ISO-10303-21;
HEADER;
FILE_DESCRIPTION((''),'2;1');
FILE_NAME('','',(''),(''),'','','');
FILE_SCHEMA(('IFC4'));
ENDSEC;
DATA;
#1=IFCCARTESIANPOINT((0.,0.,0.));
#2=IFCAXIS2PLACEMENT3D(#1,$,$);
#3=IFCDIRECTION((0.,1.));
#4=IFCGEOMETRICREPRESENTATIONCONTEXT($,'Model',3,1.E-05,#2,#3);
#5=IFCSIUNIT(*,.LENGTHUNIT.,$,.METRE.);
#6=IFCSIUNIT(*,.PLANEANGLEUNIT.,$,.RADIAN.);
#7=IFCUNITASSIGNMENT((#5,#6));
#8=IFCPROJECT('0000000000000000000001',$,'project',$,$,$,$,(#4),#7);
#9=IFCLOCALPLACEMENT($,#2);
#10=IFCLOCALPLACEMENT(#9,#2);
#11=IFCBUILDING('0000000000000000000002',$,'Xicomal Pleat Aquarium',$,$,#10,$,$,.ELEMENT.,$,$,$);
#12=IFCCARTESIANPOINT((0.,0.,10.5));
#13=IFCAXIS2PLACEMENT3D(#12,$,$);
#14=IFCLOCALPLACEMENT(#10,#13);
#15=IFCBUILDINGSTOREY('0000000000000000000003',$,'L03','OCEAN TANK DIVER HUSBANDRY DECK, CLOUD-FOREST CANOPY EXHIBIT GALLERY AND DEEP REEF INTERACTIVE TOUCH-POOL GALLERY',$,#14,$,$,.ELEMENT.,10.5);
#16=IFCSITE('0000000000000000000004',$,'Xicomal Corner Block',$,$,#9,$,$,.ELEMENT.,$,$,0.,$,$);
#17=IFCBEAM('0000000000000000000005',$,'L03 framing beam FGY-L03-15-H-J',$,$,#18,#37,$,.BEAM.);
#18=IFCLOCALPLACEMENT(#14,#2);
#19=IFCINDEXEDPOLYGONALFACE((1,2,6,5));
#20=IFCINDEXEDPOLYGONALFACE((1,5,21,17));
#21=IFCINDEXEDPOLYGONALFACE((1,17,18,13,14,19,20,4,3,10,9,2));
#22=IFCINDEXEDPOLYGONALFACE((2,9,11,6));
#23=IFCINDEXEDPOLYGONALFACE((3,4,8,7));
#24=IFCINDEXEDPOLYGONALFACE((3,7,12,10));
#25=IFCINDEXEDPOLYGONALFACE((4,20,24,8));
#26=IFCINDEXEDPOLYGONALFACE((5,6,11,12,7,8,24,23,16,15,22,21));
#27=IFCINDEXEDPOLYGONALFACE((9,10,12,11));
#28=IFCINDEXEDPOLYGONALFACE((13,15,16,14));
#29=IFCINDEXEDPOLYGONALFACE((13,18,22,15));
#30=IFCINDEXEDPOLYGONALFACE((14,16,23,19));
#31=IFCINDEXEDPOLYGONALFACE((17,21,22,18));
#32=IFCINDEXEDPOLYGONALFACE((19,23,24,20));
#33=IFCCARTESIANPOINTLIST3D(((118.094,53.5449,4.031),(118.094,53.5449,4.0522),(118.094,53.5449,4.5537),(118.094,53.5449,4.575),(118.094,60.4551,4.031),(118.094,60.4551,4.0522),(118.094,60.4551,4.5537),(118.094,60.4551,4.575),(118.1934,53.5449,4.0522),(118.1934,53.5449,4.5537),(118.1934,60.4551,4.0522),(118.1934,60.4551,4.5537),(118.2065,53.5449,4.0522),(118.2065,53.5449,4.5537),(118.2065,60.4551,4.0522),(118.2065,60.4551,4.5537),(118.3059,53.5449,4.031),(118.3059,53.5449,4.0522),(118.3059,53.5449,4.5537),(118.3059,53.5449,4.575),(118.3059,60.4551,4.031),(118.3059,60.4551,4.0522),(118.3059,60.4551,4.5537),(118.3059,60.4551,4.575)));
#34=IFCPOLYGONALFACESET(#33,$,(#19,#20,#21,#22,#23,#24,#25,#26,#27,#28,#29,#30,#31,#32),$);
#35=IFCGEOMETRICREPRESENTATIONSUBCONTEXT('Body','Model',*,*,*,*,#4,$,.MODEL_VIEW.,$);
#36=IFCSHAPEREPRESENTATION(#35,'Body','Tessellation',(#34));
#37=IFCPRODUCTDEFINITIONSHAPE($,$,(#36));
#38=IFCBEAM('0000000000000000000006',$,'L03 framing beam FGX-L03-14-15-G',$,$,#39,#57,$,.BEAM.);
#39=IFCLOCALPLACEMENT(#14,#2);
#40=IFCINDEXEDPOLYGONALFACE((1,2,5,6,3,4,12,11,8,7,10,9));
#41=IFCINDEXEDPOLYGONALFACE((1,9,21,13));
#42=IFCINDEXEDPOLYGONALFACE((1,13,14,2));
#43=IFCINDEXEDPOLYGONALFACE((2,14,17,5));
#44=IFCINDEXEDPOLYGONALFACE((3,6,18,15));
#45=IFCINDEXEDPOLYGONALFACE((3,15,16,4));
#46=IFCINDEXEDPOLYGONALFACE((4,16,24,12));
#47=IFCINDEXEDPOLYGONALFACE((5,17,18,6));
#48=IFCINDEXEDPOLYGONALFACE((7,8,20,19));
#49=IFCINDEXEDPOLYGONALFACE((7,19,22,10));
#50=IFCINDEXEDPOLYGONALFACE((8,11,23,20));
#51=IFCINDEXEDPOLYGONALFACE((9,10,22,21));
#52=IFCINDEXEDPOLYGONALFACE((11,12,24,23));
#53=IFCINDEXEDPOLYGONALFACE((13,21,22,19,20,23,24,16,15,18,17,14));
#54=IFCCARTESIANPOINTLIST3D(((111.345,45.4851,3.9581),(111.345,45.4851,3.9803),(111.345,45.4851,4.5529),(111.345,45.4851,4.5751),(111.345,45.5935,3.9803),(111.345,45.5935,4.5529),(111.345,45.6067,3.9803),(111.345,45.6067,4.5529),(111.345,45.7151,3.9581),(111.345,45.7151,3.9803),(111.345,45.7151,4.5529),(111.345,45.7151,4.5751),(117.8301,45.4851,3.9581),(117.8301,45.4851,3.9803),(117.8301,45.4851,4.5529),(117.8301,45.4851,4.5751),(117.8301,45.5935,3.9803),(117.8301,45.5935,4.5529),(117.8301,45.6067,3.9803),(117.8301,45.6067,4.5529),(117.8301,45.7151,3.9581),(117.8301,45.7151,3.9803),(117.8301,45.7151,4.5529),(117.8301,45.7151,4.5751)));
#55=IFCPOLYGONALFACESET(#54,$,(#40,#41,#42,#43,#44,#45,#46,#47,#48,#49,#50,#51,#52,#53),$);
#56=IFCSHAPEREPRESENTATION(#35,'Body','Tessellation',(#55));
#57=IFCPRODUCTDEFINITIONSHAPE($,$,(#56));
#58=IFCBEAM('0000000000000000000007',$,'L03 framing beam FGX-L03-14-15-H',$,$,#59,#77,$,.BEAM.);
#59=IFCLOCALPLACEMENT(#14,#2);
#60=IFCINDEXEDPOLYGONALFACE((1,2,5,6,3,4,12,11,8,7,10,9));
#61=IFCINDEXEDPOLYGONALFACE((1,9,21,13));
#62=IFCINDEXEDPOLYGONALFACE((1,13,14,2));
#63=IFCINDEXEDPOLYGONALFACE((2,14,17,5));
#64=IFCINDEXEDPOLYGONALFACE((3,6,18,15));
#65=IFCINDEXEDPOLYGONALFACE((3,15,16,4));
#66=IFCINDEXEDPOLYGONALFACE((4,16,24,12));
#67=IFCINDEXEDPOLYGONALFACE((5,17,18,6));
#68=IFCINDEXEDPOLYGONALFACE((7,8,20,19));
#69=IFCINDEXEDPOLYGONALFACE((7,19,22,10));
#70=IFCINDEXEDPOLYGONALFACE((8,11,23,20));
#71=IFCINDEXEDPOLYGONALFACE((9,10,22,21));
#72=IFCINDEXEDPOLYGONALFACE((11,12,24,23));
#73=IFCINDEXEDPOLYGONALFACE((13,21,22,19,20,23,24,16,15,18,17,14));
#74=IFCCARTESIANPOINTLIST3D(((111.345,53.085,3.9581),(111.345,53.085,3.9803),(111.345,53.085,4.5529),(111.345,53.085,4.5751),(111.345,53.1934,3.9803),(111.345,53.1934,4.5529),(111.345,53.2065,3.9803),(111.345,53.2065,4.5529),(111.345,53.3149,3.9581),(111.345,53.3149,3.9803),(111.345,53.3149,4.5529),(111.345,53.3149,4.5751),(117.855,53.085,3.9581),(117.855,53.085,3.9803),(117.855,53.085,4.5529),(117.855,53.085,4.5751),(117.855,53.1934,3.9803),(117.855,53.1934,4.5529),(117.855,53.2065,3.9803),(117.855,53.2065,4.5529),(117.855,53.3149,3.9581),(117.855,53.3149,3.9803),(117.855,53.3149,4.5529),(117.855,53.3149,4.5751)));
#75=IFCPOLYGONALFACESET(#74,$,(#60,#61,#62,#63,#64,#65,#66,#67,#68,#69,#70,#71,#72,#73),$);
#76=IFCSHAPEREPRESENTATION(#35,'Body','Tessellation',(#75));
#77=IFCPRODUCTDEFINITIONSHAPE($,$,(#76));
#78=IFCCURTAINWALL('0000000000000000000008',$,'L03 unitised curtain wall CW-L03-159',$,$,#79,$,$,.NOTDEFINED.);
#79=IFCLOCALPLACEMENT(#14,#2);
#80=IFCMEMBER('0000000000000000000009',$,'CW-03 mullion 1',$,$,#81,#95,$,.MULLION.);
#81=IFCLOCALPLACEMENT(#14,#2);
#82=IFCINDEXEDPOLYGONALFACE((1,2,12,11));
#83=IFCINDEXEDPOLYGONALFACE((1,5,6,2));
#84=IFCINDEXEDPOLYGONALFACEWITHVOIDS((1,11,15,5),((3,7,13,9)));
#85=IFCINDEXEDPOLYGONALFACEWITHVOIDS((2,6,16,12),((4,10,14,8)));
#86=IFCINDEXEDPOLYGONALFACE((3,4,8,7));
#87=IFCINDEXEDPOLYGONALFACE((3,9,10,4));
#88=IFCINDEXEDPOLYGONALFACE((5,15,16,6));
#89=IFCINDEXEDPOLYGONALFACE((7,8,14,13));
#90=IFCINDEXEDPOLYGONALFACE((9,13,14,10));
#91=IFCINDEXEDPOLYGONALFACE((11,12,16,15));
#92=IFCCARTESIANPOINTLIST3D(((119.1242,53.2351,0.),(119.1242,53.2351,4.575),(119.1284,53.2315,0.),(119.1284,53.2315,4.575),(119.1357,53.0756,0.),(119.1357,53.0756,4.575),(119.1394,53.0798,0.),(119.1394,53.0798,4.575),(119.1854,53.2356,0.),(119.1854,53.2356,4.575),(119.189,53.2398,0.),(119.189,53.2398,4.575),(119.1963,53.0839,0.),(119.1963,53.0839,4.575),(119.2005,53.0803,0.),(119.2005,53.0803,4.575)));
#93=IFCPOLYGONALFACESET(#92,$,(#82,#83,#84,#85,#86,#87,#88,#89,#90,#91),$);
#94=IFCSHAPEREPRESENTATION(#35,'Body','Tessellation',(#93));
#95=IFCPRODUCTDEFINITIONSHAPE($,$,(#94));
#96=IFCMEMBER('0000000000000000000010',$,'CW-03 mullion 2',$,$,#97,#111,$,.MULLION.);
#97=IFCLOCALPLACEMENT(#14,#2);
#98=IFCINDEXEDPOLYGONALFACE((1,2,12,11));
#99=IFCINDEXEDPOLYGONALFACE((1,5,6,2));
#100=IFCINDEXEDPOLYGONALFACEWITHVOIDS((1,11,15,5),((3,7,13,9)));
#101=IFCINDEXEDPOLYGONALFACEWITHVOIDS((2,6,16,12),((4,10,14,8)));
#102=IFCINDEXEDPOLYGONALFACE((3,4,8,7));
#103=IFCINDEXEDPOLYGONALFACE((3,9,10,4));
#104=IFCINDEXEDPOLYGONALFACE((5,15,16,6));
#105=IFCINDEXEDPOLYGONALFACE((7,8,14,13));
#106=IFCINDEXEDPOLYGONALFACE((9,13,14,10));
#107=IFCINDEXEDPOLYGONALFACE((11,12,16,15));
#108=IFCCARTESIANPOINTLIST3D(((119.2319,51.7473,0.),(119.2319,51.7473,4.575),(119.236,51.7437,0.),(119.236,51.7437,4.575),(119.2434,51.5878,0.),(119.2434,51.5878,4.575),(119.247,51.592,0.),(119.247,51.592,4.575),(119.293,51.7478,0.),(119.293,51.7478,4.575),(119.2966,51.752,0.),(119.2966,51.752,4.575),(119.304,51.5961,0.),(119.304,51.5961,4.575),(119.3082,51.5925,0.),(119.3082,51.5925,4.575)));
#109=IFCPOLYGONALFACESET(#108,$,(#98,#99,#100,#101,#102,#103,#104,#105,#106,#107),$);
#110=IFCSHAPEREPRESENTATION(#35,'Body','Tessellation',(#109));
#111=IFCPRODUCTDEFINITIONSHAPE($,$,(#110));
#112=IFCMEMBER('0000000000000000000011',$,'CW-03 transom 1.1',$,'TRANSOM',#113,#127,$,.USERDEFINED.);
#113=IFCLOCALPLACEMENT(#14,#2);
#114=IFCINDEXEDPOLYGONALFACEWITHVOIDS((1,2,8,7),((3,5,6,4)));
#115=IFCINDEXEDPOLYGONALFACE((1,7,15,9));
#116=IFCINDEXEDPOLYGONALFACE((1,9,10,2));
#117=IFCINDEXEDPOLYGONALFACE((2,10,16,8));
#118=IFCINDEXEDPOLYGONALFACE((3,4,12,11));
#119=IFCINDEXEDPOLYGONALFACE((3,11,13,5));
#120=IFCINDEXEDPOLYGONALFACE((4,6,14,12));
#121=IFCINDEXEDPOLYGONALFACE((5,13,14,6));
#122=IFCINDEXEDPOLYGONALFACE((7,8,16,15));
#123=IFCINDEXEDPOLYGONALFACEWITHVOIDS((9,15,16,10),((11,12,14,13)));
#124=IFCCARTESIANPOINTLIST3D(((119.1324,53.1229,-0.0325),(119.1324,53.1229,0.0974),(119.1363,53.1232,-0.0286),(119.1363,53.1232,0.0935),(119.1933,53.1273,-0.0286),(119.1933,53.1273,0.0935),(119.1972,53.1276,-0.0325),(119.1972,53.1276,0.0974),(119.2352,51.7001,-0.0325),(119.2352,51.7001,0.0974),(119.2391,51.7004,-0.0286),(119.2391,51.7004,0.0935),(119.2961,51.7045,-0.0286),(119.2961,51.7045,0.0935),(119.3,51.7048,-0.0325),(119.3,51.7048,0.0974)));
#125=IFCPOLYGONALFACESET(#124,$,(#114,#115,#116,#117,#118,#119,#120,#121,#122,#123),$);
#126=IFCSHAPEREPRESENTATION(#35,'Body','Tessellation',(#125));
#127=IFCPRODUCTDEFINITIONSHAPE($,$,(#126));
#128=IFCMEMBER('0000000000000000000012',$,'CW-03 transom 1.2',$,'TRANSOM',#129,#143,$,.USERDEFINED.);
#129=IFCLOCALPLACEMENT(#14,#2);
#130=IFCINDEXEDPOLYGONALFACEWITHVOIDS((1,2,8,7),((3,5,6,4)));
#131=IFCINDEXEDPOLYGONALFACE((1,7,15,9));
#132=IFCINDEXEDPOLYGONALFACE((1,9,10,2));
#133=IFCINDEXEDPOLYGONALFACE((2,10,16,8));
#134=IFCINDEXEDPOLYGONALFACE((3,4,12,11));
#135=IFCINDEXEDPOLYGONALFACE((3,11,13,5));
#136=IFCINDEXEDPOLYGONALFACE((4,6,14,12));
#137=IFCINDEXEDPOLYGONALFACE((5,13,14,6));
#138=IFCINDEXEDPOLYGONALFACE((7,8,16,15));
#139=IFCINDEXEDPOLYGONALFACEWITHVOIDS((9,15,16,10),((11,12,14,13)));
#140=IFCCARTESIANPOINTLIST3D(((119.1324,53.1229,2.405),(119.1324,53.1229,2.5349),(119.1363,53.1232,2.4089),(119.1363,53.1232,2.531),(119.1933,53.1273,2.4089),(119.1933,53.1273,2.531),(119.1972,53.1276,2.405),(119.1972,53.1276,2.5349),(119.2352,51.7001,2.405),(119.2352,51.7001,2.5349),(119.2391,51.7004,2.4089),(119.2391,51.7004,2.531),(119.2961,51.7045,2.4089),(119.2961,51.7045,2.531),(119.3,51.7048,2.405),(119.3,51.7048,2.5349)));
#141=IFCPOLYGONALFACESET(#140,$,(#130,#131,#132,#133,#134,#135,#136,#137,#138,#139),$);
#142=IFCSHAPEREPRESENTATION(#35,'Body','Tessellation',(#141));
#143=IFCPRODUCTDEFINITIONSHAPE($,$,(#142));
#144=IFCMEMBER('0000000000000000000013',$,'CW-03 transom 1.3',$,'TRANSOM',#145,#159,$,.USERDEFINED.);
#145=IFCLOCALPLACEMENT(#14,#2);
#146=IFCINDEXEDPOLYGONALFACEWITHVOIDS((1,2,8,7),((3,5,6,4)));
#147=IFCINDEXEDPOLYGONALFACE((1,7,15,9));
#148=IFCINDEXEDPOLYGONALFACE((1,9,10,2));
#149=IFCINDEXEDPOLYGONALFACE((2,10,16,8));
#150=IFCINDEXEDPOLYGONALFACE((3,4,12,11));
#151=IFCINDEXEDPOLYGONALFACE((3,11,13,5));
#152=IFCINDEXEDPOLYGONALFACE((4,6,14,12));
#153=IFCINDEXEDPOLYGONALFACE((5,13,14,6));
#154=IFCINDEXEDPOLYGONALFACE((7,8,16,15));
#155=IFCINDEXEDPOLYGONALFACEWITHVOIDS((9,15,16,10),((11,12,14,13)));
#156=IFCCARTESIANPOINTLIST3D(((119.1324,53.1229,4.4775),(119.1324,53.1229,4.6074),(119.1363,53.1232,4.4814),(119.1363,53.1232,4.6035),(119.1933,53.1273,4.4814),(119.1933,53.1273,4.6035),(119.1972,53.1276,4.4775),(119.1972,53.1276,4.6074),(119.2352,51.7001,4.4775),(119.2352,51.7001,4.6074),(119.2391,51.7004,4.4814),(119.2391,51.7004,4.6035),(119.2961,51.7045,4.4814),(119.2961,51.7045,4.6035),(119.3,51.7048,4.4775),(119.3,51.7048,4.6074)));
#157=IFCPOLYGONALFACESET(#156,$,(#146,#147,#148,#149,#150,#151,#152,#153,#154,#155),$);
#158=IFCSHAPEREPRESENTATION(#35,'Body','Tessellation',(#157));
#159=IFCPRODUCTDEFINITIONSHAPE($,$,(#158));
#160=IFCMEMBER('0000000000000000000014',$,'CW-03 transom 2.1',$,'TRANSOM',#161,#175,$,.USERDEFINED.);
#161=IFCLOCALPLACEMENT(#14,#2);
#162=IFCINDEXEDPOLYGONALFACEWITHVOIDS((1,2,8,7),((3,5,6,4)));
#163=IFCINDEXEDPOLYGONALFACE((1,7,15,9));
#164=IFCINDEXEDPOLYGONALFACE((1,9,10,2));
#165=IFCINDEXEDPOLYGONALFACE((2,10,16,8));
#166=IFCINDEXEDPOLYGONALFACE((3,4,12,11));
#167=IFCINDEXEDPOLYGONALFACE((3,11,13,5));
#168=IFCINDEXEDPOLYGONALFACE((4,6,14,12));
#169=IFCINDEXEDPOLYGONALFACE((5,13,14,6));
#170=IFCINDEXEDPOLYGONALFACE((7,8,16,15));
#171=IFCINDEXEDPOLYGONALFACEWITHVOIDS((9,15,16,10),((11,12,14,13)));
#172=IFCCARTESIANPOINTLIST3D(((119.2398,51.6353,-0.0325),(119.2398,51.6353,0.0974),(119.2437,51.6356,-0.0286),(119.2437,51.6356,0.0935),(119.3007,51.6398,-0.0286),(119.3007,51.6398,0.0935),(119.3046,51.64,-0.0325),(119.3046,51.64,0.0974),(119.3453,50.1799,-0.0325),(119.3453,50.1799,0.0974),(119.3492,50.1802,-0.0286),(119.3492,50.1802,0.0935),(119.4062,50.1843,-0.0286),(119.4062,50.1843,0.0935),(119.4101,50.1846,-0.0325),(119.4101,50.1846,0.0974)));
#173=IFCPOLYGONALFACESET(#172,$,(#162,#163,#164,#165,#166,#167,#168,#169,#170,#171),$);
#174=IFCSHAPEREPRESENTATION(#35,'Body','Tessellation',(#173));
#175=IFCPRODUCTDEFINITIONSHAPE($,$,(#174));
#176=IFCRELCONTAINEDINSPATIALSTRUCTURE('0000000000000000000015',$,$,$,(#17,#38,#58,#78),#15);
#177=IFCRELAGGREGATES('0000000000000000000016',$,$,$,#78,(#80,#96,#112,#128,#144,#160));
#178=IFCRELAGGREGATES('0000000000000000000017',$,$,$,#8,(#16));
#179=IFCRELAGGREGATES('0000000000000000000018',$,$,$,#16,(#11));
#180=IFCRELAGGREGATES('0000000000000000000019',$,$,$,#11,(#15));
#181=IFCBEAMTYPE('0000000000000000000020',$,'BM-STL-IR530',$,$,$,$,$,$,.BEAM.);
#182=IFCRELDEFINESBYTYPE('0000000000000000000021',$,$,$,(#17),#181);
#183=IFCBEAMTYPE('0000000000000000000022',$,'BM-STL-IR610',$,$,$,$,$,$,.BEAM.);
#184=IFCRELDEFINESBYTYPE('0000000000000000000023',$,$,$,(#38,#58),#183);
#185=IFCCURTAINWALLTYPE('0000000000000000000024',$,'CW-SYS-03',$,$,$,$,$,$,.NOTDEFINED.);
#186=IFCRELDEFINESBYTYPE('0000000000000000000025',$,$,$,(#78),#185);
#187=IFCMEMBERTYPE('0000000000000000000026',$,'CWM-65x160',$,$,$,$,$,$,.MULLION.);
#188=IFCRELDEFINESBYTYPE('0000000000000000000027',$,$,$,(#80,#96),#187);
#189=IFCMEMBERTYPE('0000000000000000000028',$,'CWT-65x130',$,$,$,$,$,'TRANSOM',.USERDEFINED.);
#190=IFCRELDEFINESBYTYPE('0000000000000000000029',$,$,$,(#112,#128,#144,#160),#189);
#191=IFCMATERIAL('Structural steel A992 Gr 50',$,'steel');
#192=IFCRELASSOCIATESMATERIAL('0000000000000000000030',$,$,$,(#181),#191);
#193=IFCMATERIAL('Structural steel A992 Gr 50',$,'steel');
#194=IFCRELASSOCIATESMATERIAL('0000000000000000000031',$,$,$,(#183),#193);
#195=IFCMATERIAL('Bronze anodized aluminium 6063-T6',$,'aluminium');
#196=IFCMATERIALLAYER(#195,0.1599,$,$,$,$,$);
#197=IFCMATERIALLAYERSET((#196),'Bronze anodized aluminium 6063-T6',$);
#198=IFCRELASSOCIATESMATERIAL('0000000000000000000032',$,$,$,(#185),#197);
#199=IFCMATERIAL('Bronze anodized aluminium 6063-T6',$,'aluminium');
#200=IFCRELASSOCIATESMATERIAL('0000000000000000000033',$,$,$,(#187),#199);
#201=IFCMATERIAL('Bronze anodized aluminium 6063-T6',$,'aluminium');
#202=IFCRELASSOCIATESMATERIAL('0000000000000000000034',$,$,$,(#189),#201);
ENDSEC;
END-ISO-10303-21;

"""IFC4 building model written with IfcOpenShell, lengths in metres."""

from ifc_helpers import new_model, si_unit, direction, frame, origin, origin_2d, place, context, subcontext, project, spatial, hollow_rectangle, i_section, extrude, material, layer, layer_set, material_profile, profile_set, type_object, element, aggregate, save


model = new_model("IFC4")

# Units and contexts
model_context = context("Model", 3, precision=1e-05, world=origin(), true_north=direction((0.0, 1.0)))
body_context = subcontext(model_context, "Body", "Model", "MODEL_VIEW")
ifc_project = project(units=[si_unit("LENGTHUNIT", "METRE"), si_unit("PLANEANGLEUNIT", "RADIAN")], contexts=[model_context])

# Site, building, storey
site_placement = place(None, origin())
site = spatial("IfcSite", under=ifc_project, at=site_placement, Name="Xicomal Corner Block", CompositionType="ELEMENT", RefElevation=0.0)
building_placement = place(site_placement, origin())
building = spatial("IfcBuilding", under=site, at=building_placement, Name="Xicomal Pleat Aquarium", CompositionType="ELEMENT")
storey_placement = place(building_placement, frame((0.0, 0.0, 10.5)))
storey = spatial("IfcBuildingStorey", under=building, at=storey_placement, Name="L03", Description="OCEAN TANK DIVER HUSBANDRY DECK, CLOUD-FOREST CANOPY EXHIBIT GALLERY AND DEEP REEF INTERACTIVE TOUCH-POOL GALLERY", CompositionType="ELEMENT", Elevation=10.5)

# Beams
ifc_material_1 = material(Name="Structural steel A992 Gr 50", Category="steel")
ifc_material_profile_1 = material_profile(ifc_material_1, i_section(OverallWidth=0.2119, OverallDepth=0.5439, WebThickness=0.0132, FlangeThickness=0.0212, at=origin_2d()), Name="IR 530x123")
ifc_profile_set_1 = profile_set([ifc_material_profile_1], Name="Structural steel A992 Gr 50")
beam_type_1 = type_object("IfcBeamType", Name="BM-STL-IR530", PredefinedType="BEAM", material=ifc_profile_set_1)
beam_1_placement = place(storey_placement, frame((118.2, 53.5449, 4.303), z_axis=(0.0, 1.0, 0.0), x_axis=(-1.0, 0.0, 0.0)))
element("IfcBeam", 1, at=beam_1_placement, inside=storey, type_object=beam_type_1, Name="L03 framing beam FGY-L03-15-H-J", PredefinedType="BEAM", context=body_context, shape_type="SweptSolid", body=[
    extrude(i_section(OverallWidth=0.2119, OverallDepth=0.5439, WebThickness=0.0132, FlangeThickness=0.0212, at=origin_2d()), origin(), (0.0, 0.0, 1.0), 6.9102),
])
ifc_material_2 = material(Name="Structural steel A992 Gr 50", Category="steel")
ifc_material_profile_2 = material_profile(ifc_material_2, i_section(OverallWidth=0.23, OverallDepth=0.6169, WebThickness=0.0132, FlangeThickness=0.0222, at=origin_2d()), Name="IR 610x140")
ifc_profile_set_2 = profile_set([ifc_material_profile_2], Name="Structural steel A992 Gr 50")
beam_type_2 = type_object("IfcBeamType", Name="BM-STL-IR610", PredefinedType="BEAM", material=ifc_profile_set_2)
beam_2_placement = place(storey_placement, frame((111.345, 45.6001, 4.2666), z_axis=(1.0, 0.0, 0.0), x_axis=(0.0, 1.0, 0.0)))
element("IfcBeam", 2, at=beam_2_placement, inside=storey, type_object=beam_type_2, Name="L03 framing beam FGX-L03-14-15-G", PredefinedType="BEAM", context=body_context, shape_type="SweptSolid", body=[
    extrude(i_section(OverallWidth=0.23, OverallDepth=0.6169, WebThickness=0.0132, FlangeThickness=0.0222, at=origin_2d()), origin(), (0.0, 0.0, 1.0), 6.4851),
])
beam_3_placement = place(storey_placement, frame((111.345, 53.2, 4.2666), z_axis=(1.0, 0.0, 0.0), x_axis=(0.0, 1.0, 0.0)))
element("IfcBeam", 3, at=beam_3_placement, inside=storey, type_object=beam_type_2, Name="L03 framing beam FGX-L03-14-15-H", PredefinedType="BEAM", context=body_context, shape_type="SweptSolid", body=[
    extrude(i_section(OverallWidth=0.23, OverallDepth=0.6169, WebThickness=0.0132, FlangeThickness=0.0222, at=origin_2d()), origin(), (0.0, 0.0, 1.0), 6.51),
])

# Curtain wall, members
ifc_material_3 = material(Name="Bronze anodized aluminium 6063-T6", Category="aluminium")
ifc_layer_1 = layer(ifc_material_3, 0.1599)
ifc_layer_set_1 = layer_set([ifc_layer_1], Name="Bronze anodized aluminium 6063-T6")
curtain_wall_type = type_object("IfcCurtainWallType", Name="CW-SYS-03", PredefinedType="NOTDEFINED", material=ifc_layer_set_1)
curtain_wall_placement = place(storey_placement, origin())
curtain_wall = element("IfcCurtainWall", 4, at=curtain_wall_placement, inside=storey, type_object=curtain_wall_type, Name="L03 unitised curtain wall CW-L03-159", PredefinedType="NOTDEFINED")
ifc_material_4 = material(Name="Bronze anodized aluminium 6063-T6", Category="aluminium")
ifc_material_profile_3 = material_profile(ifc_material_4, hollow_rectangle(XDim=0.0649, YDim=0.1599, WallThickness=0.0039, at=origin_2d()), Name="ALU MULL 65x160")
ifc_profile_set_3 = profile_set([ifc_material_profile_3], Name="Bronze anodized aluminium 6063-T6")
member_type_1 = type_object("IfcMemberType", Name="CWM-65x160", PredefinedType="MULLION", material=ifc_profile_set_3)
member_1_placement = place(storey_placement, frame((119.1624, 53.1577, 0.0), z_axis=(0.0, 0.0, 1.0), x_axis=(0.997392, 0.07218, 0.0)))
member_1 = element("IfcMember", 5, at=member_1_placement, type_object=member_type_1, Name="CW-03 mullion 1", PredefinedType="MULLION", context=body_context, shape_type="SweptSolid", body=[
    extrude(hollow_rectangle(XDim=0.0649, YDim=0.1599, WallThickness=0.0039, at=origin_2d()), origin(), (0.0, 0.0, 1.0), 4.575),
])
member_2_placement = place(storey_placement, frame((119.27, 51.6699, 0.0), z_axis=(0.0, 0.0, 1.0), x_axis=(0.997392, 0.07218, 0.0)))
member_2 = element("IfcMember", 6, at=member_2_placement, type_object=member_type_1, Name="CW-03 mullion 2", PredefinedType="MULLION", context=body_context, shape_type="SweptSolid", body=[
    extrude(hollow_rectangle(XDim=0.0649, YDim=0.1599, WallThickness=0.0039, at=origin_2d()), origin(), (0.0, 0.0, 1.0), 4.575),
])
ifc_material_5 = material(Name="Bronze anodized aluminium 6063-T6", Category="aluminium")
ifc_material_profile_4 = material_profile(ifc_material_5, hollow_rectangle(XDim=0.0649, YDim=0.1299, WallThickness=0.0039, at=origin_2d()), Name="ALU TRAN 65x130")
ifc_profile_set_4 = profile_set([ifc_material_profile_4], Name="Bronze anodized aluminium 6063-T6")
member_type_2 = type_object("IfcMemberType", Name="CWT-65x130", ElementType="TRANSOM", PredefinedType="USERDEFINED", material=ifc_profile_set_4)
member_3_placement = place(storey_placement, frame((119.1648, 53.1252, 0.0325), z_axis=(0.07205, -0.997401, 0.0), x_axis=(0.997401, 0.07205, 0.0)))
member_3 = element("IfcMember", 7, at=member_3_placement, type_object=member_type_2, Name="CW-03 transom 1.1", ObjectType="TRANSOM", PredefinedType="USERDEFINED", context=body_context, shape_type="SweptSolid", body=[
    extrude(hollow_rectangle(XDim=0.0649, YDim=0.1299, WallThickness=0.0039, at=origin_2d()), origin(), (0.0, 0.0, 1.0), 1.4265),
])
member_4_placement = place(storey_placement, frame((119.1648, 53.1252, 2.47), z_axis=(0.07205, -0.997401, 0.0), x_axis=(0.997401, 0.07205, 0.0)))
member_4 = element("IfcMember", 8, at=member_4_placement, type_object=member_type_2, Name="CW-03 transom 1.2", ObjectType="TRANSOM", PredefinedType="USERDEFINED", context=body_context, shape_type="SweptSolid", body=[
    extrude(hollow_rectangle(XDim=0.0649, YDim=0.1299, WallThickness=0.0039, at=origin_2d()), origin(), (0.0, 0.0, 1.0), 1.4265),
])
member_5_placement = place(storey_placement, frame((119.1648, 53.1252, 4.5425), z_axis=(0.07205, -0.997401, 0.0), x_axis=(0.997401, 0.07205, 0.0)))
member_5 = element("IfcMember", 9, at=member_5_placement, type_object=member_type_2, Name="CW-03 transom 1.3", ObjectType="TRANSOM", PredefinedType="USERDEFINED", context=body_context, shape_type="SweptSolid", body=[
    extrude(hollow_rectangle(XDim=0.0649, YDim=0.1299, WallThickness=0.0039, at=origin_2d()), origin(), (0.0, 0.0, 1.0), 1.4265),
])
member_6_placement = place(storey_placement, frame((119.2722, 51.6377, 0.0325), z_axis=(0.072281, -0.997384, 0.0), x_axis=(0.997384, 0.072281, 0.0)))
member_6 = element("IfcMember", 10, at=member_6_placement, type_object=member_type_2, Name="CW-03 transom 2.1", ObjectType="TRANSOM", PredefinedType="USERDEFINED", context=body_context, shape_type="SweptSolid", body=[
    extrude(hollow_rectangle(XDim=0.0649, YDim=0.1299, WallThickness=0.0039, at=origin_2d()), origin(), (0.0, 0.0, 1.0), 1.4592),
])
aggregate(curtain_wall, [member_1, member_2, member_3, member_4, member_5, member_6])

save(model, "model.ifc")
